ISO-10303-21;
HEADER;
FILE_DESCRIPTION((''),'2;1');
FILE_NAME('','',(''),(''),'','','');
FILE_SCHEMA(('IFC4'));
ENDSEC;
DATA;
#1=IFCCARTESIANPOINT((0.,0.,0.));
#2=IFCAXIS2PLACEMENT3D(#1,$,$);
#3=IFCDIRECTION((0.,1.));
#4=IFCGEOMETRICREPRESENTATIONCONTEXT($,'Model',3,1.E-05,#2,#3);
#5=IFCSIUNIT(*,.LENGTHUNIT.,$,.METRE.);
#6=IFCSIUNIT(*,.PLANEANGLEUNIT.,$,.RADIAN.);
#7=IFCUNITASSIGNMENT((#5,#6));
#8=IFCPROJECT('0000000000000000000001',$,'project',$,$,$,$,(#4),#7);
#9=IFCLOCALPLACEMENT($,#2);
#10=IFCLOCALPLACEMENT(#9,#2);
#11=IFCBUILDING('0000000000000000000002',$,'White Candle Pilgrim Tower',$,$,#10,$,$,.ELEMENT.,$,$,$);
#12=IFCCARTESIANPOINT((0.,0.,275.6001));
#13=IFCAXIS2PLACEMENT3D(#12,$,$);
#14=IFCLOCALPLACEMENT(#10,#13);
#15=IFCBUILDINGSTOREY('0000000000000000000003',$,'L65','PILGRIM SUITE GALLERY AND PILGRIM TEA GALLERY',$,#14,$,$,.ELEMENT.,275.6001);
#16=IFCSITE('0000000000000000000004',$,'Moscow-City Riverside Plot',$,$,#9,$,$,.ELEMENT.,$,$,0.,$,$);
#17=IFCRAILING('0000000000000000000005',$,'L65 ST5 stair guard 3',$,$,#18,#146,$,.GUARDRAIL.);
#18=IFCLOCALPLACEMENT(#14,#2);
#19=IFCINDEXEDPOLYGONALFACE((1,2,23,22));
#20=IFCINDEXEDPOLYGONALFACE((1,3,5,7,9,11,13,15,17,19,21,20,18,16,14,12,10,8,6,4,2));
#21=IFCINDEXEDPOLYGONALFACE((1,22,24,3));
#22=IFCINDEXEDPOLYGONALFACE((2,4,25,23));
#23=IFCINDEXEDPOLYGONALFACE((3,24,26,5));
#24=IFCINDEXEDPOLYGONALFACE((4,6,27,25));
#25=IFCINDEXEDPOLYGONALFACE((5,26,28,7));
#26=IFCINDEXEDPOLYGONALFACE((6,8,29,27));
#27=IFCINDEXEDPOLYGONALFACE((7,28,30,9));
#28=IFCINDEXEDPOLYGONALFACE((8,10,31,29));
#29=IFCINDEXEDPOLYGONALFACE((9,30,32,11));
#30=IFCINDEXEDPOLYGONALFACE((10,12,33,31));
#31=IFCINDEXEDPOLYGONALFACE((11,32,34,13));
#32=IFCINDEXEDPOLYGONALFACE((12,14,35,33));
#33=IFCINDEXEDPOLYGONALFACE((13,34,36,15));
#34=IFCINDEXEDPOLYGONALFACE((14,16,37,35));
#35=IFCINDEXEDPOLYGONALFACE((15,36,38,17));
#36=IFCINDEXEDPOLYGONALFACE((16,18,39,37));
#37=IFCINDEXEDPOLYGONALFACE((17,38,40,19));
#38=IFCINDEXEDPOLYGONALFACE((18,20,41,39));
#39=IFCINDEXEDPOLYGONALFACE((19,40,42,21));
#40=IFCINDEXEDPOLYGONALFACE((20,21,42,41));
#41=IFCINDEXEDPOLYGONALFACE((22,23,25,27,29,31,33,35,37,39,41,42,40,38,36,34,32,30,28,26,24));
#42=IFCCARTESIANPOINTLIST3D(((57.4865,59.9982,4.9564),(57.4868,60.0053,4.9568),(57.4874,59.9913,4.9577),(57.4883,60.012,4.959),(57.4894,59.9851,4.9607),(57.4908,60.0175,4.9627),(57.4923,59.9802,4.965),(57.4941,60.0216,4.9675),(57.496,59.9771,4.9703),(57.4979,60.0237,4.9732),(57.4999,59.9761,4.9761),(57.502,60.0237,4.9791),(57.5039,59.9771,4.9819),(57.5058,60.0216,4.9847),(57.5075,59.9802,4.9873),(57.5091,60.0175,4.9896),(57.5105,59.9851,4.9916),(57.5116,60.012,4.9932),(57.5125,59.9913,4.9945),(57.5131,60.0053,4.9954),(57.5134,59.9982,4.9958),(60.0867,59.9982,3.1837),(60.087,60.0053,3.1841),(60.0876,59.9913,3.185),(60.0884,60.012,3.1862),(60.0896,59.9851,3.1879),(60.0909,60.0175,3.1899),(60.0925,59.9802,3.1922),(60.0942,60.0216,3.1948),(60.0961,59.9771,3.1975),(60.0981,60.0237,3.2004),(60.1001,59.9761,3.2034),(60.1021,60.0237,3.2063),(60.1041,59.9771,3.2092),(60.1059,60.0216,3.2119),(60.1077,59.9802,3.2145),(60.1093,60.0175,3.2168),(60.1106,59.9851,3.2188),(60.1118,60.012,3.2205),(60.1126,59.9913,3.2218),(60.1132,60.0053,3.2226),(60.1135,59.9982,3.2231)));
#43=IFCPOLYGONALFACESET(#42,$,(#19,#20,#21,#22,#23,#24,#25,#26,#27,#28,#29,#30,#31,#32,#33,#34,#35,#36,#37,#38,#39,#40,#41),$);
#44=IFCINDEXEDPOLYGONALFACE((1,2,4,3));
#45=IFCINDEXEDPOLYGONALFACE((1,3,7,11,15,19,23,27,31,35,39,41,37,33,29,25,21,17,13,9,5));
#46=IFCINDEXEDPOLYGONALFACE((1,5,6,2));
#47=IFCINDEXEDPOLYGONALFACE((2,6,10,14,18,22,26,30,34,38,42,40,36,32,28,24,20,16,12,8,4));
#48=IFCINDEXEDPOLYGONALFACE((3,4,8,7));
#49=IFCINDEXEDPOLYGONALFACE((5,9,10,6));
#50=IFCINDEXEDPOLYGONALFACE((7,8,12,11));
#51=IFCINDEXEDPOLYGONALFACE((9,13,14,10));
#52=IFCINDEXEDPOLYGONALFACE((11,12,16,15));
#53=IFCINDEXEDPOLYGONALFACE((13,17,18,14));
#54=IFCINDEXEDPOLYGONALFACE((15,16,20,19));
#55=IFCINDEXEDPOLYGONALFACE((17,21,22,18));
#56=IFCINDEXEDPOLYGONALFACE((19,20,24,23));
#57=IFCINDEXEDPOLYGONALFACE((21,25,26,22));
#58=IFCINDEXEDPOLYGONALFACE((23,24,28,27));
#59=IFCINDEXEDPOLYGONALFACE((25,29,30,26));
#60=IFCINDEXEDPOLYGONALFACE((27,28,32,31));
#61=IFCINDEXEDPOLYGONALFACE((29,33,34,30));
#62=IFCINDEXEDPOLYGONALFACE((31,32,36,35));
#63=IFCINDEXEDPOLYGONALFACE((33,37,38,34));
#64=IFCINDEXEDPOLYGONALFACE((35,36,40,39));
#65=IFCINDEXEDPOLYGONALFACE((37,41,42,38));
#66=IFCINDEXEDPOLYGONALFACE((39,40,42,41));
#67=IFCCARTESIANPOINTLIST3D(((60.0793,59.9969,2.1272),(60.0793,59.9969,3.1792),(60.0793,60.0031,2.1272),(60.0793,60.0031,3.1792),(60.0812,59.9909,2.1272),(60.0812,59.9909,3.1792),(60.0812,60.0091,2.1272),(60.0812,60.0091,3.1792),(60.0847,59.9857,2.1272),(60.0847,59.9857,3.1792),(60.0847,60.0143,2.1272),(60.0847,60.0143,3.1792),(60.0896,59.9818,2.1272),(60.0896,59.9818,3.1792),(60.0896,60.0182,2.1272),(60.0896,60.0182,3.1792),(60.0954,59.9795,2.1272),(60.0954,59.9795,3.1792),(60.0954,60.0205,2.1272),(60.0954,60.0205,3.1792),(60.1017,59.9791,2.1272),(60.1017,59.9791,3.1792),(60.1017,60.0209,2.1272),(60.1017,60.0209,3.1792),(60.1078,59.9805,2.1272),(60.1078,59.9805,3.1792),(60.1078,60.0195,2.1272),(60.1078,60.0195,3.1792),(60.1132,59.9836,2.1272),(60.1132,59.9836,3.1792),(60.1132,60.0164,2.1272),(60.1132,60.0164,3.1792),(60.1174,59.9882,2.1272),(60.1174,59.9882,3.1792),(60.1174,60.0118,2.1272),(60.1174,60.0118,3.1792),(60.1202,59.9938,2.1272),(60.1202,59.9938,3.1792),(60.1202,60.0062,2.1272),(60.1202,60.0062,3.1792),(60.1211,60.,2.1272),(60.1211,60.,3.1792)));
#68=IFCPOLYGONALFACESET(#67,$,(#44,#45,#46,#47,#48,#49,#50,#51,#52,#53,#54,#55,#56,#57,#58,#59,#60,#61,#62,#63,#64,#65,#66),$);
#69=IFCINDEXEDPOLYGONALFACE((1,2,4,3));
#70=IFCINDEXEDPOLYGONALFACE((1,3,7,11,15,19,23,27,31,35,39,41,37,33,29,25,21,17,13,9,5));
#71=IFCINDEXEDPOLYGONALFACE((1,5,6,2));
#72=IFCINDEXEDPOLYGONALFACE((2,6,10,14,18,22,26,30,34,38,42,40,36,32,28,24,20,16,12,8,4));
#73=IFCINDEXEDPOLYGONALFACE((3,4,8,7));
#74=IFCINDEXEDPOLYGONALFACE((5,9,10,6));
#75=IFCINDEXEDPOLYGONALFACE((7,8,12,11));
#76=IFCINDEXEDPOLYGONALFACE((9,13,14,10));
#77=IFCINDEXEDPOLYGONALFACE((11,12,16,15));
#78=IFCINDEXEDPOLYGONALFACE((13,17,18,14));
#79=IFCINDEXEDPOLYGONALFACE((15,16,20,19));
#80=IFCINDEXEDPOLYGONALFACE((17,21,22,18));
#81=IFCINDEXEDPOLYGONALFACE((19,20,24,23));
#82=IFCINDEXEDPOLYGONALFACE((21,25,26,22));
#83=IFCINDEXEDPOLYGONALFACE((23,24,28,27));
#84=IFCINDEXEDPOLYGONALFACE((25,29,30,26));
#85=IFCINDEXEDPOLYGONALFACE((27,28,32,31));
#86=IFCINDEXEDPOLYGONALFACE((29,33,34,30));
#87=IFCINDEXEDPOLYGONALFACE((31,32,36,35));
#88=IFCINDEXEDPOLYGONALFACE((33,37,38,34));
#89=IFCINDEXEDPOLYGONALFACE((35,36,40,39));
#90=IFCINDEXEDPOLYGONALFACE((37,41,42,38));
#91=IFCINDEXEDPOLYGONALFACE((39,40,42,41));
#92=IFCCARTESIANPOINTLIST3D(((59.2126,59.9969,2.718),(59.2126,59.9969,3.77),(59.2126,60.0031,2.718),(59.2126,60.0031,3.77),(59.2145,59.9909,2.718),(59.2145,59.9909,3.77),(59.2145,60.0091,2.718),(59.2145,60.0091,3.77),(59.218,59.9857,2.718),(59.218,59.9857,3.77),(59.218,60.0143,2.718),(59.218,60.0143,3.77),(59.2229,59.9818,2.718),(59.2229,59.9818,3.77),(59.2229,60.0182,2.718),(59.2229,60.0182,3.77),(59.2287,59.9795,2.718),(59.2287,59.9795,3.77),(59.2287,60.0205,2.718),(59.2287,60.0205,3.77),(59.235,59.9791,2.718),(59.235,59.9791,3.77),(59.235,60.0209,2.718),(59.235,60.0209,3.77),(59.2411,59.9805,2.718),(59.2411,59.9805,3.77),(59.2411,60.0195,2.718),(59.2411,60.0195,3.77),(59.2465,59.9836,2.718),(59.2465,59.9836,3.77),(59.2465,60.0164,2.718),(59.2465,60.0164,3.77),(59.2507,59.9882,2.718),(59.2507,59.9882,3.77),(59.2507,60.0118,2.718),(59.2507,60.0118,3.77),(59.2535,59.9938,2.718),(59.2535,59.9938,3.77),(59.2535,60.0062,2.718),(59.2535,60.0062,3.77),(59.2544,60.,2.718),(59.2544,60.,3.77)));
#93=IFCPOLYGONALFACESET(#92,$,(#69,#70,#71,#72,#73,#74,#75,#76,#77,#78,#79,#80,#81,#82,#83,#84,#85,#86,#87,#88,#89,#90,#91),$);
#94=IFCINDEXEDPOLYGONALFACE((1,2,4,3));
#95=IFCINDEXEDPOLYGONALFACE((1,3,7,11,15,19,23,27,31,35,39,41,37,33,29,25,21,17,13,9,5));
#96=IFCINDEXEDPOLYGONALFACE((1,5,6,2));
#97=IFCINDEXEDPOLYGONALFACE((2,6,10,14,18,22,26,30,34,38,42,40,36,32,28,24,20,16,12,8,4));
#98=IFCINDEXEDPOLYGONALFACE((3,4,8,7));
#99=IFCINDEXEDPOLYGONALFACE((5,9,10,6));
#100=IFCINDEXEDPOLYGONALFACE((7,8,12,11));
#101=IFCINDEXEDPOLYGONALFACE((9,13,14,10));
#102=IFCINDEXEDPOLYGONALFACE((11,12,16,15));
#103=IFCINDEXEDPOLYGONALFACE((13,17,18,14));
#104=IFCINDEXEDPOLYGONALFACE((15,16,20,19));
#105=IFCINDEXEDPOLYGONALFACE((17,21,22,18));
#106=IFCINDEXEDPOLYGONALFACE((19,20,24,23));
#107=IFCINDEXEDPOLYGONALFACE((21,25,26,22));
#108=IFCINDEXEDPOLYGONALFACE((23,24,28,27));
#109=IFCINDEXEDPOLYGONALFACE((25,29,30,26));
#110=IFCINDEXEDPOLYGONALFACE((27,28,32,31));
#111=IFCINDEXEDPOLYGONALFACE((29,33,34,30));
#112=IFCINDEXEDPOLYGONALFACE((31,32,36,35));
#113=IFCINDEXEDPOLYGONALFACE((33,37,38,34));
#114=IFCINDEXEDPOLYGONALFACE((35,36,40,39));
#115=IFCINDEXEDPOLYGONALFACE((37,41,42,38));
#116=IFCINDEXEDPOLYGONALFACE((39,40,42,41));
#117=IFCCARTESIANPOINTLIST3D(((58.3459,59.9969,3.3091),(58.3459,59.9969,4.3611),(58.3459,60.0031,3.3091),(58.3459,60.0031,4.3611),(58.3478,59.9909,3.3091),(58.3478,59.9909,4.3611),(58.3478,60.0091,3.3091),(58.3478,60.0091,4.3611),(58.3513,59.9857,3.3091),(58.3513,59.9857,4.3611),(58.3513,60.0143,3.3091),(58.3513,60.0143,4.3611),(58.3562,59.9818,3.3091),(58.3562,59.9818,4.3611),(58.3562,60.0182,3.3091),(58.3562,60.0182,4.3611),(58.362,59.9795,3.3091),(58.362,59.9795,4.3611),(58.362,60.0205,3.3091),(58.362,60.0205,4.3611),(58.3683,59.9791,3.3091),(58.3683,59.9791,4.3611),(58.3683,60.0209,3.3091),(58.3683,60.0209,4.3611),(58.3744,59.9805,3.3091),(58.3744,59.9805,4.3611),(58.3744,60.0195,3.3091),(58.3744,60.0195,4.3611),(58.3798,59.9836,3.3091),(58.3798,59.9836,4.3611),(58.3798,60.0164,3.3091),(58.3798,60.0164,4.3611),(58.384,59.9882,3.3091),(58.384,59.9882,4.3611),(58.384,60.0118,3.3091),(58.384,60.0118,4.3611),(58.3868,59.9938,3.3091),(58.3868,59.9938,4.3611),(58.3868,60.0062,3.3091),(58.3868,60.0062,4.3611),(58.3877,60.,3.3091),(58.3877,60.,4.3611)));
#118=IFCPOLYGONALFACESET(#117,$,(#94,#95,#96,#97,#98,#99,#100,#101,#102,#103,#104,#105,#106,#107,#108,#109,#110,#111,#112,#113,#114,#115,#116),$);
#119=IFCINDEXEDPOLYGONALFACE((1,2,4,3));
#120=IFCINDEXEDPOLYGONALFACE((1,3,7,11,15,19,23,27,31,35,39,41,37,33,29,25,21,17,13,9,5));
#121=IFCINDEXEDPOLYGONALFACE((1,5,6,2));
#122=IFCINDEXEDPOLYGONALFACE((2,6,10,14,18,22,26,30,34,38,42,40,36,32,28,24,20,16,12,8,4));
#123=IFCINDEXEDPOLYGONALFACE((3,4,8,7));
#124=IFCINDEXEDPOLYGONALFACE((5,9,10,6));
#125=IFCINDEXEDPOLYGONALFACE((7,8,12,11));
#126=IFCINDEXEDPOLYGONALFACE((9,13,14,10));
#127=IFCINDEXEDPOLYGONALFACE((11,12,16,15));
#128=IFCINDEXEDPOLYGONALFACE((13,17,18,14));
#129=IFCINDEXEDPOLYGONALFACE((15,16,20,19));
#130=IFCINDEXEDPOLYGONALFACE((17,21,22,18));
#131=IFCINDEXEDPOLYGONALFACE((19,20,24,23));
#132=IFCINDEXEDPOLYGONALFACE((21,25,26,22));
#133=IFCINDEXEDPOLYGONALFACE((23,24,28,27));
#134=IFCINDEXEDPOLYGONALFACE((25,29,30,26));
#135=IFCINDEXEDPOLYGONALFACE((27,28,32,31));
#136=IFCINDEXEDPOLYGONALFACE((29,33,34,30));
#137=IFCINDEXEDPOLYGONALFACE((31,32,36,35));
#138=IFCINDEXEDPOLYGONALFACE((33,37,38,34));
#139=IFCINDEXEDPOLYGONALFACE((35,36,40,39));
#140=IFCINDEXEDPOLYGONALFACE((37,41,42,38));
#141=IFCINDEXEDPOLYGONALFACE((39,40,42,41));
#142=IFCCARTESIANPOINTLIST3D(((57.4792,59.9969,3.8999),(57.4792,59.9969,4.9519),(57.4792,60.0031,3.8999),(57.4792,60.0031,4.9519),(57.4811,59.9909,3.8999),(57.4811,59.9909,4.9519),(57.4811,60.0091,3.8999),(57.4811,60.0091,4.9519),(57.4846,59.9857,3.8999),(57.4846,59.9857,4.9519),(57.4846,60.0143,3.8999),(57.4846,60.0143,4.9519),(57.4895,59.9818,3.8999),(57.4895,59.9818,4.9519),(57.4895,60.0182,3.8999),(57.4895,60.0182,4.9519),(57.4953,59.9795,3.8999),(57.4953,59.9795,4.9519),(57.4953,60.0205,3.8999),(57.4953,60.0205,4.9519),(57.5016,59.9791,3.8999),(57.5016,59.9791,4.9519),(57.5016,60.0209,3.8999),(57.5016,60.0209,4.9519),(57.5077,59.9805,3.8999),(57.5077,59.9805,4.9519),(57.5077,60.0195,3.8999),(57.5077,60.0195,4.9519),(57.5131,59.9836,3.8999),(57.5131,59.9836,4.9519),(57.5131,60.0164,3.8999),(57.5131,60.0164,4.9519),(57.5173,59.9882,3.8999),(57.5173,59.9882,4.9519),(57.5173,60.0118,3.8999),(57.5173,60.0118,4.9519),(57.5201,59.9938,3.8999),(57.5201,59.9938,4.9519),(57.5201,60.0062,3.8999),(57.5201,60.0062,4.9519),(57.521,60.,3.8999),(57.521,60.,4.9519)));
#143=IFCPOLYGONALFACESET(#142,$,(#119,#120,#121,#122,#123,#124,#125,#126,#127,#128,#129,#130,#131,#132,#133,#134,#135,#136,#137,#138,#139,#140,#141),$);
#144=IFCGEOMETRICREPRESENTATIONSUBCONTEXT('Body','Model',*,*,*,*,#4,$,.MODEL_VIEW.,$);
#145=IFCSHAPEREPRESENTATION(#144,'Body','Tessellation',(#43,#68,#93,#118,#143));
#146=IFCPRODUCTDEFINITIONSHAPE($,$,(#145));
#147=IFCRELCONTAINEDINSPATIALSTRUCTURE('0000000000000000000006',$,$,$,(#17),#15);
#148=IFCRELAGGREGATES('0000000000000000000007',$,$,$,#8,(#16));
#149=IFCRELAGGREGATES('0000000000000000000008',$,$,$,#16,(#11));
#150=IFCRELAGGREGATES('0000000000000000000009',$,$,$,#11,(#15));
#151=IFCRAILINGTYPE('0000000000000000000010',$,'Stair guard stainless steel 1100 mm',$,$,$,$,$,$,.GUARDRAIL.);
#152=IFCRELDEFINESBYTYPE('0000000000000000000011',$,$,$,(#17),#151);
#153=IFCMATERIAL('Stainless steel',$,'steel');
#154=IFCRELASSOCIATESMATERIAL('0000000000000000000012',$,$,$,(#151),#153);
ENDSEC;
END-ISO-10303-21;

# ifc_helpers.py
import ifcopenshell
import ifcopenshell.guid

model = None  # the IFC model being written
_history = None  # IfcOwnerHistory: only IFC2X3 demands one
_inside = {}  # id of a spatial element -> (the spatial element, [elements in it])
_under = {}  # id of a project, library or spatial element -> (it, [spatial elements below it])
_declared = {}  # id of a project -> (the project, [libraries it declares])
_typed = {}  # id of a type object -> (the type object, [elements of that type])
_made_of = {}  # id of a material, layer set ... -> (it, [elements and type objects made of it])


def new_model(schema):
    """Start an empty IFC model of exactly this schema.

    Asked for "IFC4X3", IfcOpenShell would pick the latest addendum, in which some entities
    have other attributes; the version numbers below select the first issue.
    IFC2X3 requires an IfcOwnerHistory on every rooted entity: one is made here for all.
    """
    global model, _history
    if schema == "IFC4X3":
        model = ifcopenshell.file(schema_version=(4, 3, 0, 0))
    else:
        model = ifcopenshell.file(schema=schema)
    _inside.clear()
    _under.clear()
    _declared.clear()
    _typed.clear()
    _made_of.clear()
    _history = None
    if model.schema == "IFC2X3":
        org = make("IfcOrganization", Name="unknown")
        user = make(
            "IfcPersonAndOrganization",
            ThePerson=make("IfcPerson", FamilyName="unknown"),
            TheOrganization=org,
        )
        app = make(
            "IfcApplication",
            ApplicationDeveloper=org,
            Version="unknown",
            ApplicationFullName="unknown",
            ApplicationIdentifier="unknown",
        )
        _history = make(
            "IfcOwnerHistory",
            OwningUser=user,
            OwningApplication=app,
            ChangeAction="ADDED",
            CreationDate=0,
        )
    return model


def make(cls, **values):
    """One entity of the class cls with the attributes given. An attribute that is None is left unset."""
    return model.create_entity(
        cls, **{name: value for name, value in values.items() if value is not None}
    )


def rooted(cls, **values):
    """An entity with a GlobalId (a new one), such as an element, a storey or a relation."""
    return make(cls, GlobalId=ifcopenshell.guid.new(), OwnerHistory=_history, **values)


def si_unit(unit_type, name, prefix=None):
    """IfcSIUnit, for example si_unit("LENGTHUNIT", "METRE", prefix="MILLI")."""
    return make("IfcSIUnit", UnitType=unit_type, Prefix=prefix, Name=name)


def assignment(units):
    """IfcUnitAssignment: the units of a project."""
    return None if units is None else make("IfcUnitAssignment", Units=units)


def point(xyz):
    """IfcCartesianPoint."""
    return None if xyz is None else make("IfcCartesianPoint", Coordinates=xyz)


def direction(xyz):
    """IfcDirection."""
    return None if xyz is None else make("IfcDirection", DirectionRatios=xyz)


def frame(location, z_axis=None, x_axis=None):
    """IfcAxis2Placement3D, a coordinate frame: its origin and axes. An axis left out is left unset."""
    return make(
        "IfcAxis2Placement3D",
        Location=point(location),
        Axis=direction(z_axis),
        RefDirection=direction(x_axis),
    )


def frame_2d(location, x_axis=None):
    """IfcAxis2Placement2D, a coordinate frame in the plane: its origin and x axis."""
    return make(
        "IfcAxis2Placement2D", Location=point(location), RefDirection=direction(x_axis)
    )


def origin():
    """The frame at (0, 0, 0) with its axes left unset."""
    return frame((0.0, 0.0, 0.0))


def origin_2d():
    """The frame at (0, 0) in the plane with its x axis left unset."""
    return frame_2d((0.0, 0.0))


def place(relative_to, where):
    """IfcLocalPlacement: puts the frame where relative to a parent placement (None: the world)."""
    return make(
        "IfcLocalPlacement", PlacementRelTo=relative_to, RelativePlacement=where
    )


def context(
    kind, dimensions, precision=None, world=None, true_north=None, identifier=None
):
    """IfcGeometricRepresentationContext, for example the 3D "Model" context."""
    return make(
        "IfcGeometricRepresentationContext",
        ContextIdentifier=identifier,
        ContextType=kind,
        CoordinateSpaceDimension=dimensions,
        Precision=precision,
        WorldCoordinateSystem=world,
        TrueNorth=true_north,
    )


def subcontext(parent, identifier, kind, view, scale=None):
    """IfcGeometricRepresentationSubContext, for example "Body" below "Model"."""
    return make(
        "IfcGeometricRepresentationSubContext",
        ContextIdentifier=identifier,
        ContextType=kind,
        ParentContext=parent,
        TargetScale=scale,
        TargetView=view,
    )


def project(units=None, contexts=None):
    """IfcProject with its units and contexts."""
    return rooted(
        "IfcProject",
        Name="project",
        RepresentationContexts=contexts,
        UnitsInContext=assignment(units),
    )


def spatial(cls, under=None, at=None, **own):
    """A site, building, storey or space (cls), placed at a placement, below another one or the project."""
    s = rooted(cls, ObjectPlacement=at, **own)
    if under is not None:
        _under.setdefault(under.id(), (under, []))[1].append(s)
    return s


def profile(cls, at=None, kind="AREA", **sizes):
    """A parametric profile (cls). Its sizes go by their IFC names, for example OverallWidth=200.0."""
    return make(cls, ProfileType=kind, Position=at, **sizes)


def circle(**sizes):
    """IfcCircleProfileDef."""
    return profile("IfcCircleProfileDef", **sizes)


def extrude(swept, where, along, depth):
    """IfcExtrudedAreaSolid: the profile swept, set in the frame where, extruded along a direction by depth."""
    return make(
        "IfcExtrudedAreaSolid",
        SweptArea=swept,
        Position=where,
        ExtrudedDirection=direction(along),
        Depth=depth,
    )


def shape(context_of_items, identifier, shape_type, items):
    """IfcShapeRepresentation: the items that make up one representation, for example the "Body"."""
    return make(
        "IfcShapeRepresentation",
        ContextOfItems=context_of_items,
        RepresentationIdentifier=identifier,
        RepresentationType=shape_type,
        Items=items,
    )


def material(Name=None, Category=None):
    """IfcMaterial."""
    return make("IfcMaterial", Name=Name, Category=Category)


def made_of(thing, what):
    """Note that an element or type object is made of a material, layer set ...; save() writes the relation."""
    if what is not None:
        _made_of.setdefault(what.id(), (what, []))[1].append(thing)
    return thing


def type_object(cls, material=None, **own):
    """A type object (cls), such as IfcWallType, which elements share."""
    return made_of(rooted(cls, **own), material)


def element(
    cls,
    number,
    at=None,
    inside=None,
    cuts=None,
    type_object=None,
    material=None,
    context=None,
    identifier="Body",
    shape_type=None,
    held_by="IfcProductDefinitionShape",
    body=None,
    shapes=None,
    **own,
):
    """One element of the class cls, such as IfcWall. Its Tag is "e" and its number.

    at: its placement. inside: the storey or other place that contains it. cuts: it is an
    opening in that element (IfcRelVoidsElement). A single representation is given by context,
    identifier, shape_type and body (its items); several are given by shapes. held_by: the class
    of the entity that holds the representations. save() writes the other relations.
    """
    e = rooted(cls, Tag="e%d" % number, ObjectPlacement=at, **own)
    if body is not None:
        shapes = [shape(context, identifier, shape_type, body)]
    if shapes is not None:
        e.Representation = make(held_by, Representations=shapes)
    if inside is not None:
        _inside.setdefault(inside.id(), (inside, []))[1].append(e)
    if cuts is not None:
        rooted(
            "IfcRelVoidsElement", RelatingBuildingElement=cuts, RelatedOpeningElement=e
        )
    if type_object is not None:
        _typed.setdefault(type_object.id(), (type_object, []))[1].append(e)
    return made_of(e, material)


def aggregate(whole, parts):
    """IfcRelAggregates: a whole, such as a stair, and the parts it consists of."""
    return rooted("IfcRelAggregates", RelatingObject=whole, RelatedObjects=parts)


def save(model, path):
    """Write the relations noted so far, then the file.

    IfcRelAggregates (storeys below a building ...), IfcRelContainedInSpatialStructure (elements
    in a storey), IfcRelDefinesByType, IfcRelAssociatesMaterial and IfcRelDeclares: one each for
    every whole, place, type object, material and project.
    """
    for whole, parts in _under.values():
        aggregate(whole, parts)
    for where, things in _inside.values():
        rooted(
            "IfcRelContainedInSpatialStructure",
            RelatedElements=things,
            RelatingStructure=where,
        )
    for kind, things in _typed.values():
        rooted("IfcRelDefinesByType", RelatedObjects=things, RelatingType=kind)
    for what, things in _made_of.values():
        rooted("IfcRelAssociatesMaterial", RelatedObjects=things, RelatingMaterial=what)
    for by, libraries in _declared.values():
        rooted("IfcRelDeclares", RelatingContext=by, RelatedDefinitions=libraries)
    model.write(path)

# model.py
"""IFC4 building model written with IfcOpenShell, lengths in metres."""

from ifc_helpers import new_model, si_unit, direction, frame, origin, origin_2d, place, context, subcontext, project, spatial, circle, extrude, material, type_object, element, save


model = new_model("IFC4")

# Units and contexts
model_context = context("Model", 3, precision=1e-05, world=origin(), true_north=direction((0.0, 1.0)))
body_context = subcontext(model_context, "Body", "Model", "MODEL_VIEW")
ifc_project = project(units=[si_unit("LENGTHUNIT", "METRE"), si_unit("PLANEANGLEUNIT", "RADIAN")], contexts=[model_context])

# Site, building, storey
site_placement = place(None, origin())
site = spatial("IfcSite", under=ifc_project, at=site_placement, Name="Moscow-City Riverside Plot", CompositionType="ELEMENT", RefElevation=0.0)
building_placement = place(site_placement, origin())
building = spatial("IfcBuilding", under=site, at=building_placement, Name="White Candle Pilgrim Tower", CompositionType="ELEMENT")
storey_placement = place(building_placement, frame((0.0, 0.0, 275.6001)))
storey = spatial("IfcBuildingStorey", under=building, at=storey_placement, Name="L65", Description="PILGRIM SUITE GALLERY AND PILGRIM TEA GALLERY", CompositionType="ELEMENT", Elevation=275.6001)

# Railing
ifc_material_1 = material(Name="Stainless steel", Category="steel")
railing_type_1 = type_object("IfcRailingType", Name="Stair guard stainless steel 1100 mm", PredefinedType="GUARDRAIL", material=ifc_material_1)
railing_1_placement = place(storey_placement, frame((60.1001, 60.0, 2.1272)))
element("IfcRailing", 1, at=railing_1_placement, inside=storey, type_object=railing_type_1, Name="L65 ST5 stair guard 3", PredefinedType="GUARDRAIL", context=body_context, shape_type="SweptSolid", body=[
    extrude(circle(Radius=0.0239, at=origin_2d()), frame((0.0, 0.0, 1.0762), z_axis=(-0.82624, 0.0, 0.563318), x_axis=(0.0, -1.0, 0.0)), (0.0, 0.0, 1.0), 3.147),
    extrude(circle(Radius=0.021, at=origin_2d()), origin(), (0.0, 0.0, 1.0), 1.052),
    extrude(circle(Radius=0.021, at=origin_2d()), frame((-0.8667, 0.0, 0.5908)), (0.0, 0.0, 1.0), 1.052),
    extrude(circle(Radius=0.021, at=origin_2d()), frame((-1.7334, 0.0, 1.1819)), (0.0, 0.0, 1.0), 1.052),
    extrude(circle(Radius=0.021, at=origin_2d()), frame((-2.6001, 0.0, 1.7727)), (0.0, 0.0, 1.0), 1.052),
])

save(model, "model.ifc")
